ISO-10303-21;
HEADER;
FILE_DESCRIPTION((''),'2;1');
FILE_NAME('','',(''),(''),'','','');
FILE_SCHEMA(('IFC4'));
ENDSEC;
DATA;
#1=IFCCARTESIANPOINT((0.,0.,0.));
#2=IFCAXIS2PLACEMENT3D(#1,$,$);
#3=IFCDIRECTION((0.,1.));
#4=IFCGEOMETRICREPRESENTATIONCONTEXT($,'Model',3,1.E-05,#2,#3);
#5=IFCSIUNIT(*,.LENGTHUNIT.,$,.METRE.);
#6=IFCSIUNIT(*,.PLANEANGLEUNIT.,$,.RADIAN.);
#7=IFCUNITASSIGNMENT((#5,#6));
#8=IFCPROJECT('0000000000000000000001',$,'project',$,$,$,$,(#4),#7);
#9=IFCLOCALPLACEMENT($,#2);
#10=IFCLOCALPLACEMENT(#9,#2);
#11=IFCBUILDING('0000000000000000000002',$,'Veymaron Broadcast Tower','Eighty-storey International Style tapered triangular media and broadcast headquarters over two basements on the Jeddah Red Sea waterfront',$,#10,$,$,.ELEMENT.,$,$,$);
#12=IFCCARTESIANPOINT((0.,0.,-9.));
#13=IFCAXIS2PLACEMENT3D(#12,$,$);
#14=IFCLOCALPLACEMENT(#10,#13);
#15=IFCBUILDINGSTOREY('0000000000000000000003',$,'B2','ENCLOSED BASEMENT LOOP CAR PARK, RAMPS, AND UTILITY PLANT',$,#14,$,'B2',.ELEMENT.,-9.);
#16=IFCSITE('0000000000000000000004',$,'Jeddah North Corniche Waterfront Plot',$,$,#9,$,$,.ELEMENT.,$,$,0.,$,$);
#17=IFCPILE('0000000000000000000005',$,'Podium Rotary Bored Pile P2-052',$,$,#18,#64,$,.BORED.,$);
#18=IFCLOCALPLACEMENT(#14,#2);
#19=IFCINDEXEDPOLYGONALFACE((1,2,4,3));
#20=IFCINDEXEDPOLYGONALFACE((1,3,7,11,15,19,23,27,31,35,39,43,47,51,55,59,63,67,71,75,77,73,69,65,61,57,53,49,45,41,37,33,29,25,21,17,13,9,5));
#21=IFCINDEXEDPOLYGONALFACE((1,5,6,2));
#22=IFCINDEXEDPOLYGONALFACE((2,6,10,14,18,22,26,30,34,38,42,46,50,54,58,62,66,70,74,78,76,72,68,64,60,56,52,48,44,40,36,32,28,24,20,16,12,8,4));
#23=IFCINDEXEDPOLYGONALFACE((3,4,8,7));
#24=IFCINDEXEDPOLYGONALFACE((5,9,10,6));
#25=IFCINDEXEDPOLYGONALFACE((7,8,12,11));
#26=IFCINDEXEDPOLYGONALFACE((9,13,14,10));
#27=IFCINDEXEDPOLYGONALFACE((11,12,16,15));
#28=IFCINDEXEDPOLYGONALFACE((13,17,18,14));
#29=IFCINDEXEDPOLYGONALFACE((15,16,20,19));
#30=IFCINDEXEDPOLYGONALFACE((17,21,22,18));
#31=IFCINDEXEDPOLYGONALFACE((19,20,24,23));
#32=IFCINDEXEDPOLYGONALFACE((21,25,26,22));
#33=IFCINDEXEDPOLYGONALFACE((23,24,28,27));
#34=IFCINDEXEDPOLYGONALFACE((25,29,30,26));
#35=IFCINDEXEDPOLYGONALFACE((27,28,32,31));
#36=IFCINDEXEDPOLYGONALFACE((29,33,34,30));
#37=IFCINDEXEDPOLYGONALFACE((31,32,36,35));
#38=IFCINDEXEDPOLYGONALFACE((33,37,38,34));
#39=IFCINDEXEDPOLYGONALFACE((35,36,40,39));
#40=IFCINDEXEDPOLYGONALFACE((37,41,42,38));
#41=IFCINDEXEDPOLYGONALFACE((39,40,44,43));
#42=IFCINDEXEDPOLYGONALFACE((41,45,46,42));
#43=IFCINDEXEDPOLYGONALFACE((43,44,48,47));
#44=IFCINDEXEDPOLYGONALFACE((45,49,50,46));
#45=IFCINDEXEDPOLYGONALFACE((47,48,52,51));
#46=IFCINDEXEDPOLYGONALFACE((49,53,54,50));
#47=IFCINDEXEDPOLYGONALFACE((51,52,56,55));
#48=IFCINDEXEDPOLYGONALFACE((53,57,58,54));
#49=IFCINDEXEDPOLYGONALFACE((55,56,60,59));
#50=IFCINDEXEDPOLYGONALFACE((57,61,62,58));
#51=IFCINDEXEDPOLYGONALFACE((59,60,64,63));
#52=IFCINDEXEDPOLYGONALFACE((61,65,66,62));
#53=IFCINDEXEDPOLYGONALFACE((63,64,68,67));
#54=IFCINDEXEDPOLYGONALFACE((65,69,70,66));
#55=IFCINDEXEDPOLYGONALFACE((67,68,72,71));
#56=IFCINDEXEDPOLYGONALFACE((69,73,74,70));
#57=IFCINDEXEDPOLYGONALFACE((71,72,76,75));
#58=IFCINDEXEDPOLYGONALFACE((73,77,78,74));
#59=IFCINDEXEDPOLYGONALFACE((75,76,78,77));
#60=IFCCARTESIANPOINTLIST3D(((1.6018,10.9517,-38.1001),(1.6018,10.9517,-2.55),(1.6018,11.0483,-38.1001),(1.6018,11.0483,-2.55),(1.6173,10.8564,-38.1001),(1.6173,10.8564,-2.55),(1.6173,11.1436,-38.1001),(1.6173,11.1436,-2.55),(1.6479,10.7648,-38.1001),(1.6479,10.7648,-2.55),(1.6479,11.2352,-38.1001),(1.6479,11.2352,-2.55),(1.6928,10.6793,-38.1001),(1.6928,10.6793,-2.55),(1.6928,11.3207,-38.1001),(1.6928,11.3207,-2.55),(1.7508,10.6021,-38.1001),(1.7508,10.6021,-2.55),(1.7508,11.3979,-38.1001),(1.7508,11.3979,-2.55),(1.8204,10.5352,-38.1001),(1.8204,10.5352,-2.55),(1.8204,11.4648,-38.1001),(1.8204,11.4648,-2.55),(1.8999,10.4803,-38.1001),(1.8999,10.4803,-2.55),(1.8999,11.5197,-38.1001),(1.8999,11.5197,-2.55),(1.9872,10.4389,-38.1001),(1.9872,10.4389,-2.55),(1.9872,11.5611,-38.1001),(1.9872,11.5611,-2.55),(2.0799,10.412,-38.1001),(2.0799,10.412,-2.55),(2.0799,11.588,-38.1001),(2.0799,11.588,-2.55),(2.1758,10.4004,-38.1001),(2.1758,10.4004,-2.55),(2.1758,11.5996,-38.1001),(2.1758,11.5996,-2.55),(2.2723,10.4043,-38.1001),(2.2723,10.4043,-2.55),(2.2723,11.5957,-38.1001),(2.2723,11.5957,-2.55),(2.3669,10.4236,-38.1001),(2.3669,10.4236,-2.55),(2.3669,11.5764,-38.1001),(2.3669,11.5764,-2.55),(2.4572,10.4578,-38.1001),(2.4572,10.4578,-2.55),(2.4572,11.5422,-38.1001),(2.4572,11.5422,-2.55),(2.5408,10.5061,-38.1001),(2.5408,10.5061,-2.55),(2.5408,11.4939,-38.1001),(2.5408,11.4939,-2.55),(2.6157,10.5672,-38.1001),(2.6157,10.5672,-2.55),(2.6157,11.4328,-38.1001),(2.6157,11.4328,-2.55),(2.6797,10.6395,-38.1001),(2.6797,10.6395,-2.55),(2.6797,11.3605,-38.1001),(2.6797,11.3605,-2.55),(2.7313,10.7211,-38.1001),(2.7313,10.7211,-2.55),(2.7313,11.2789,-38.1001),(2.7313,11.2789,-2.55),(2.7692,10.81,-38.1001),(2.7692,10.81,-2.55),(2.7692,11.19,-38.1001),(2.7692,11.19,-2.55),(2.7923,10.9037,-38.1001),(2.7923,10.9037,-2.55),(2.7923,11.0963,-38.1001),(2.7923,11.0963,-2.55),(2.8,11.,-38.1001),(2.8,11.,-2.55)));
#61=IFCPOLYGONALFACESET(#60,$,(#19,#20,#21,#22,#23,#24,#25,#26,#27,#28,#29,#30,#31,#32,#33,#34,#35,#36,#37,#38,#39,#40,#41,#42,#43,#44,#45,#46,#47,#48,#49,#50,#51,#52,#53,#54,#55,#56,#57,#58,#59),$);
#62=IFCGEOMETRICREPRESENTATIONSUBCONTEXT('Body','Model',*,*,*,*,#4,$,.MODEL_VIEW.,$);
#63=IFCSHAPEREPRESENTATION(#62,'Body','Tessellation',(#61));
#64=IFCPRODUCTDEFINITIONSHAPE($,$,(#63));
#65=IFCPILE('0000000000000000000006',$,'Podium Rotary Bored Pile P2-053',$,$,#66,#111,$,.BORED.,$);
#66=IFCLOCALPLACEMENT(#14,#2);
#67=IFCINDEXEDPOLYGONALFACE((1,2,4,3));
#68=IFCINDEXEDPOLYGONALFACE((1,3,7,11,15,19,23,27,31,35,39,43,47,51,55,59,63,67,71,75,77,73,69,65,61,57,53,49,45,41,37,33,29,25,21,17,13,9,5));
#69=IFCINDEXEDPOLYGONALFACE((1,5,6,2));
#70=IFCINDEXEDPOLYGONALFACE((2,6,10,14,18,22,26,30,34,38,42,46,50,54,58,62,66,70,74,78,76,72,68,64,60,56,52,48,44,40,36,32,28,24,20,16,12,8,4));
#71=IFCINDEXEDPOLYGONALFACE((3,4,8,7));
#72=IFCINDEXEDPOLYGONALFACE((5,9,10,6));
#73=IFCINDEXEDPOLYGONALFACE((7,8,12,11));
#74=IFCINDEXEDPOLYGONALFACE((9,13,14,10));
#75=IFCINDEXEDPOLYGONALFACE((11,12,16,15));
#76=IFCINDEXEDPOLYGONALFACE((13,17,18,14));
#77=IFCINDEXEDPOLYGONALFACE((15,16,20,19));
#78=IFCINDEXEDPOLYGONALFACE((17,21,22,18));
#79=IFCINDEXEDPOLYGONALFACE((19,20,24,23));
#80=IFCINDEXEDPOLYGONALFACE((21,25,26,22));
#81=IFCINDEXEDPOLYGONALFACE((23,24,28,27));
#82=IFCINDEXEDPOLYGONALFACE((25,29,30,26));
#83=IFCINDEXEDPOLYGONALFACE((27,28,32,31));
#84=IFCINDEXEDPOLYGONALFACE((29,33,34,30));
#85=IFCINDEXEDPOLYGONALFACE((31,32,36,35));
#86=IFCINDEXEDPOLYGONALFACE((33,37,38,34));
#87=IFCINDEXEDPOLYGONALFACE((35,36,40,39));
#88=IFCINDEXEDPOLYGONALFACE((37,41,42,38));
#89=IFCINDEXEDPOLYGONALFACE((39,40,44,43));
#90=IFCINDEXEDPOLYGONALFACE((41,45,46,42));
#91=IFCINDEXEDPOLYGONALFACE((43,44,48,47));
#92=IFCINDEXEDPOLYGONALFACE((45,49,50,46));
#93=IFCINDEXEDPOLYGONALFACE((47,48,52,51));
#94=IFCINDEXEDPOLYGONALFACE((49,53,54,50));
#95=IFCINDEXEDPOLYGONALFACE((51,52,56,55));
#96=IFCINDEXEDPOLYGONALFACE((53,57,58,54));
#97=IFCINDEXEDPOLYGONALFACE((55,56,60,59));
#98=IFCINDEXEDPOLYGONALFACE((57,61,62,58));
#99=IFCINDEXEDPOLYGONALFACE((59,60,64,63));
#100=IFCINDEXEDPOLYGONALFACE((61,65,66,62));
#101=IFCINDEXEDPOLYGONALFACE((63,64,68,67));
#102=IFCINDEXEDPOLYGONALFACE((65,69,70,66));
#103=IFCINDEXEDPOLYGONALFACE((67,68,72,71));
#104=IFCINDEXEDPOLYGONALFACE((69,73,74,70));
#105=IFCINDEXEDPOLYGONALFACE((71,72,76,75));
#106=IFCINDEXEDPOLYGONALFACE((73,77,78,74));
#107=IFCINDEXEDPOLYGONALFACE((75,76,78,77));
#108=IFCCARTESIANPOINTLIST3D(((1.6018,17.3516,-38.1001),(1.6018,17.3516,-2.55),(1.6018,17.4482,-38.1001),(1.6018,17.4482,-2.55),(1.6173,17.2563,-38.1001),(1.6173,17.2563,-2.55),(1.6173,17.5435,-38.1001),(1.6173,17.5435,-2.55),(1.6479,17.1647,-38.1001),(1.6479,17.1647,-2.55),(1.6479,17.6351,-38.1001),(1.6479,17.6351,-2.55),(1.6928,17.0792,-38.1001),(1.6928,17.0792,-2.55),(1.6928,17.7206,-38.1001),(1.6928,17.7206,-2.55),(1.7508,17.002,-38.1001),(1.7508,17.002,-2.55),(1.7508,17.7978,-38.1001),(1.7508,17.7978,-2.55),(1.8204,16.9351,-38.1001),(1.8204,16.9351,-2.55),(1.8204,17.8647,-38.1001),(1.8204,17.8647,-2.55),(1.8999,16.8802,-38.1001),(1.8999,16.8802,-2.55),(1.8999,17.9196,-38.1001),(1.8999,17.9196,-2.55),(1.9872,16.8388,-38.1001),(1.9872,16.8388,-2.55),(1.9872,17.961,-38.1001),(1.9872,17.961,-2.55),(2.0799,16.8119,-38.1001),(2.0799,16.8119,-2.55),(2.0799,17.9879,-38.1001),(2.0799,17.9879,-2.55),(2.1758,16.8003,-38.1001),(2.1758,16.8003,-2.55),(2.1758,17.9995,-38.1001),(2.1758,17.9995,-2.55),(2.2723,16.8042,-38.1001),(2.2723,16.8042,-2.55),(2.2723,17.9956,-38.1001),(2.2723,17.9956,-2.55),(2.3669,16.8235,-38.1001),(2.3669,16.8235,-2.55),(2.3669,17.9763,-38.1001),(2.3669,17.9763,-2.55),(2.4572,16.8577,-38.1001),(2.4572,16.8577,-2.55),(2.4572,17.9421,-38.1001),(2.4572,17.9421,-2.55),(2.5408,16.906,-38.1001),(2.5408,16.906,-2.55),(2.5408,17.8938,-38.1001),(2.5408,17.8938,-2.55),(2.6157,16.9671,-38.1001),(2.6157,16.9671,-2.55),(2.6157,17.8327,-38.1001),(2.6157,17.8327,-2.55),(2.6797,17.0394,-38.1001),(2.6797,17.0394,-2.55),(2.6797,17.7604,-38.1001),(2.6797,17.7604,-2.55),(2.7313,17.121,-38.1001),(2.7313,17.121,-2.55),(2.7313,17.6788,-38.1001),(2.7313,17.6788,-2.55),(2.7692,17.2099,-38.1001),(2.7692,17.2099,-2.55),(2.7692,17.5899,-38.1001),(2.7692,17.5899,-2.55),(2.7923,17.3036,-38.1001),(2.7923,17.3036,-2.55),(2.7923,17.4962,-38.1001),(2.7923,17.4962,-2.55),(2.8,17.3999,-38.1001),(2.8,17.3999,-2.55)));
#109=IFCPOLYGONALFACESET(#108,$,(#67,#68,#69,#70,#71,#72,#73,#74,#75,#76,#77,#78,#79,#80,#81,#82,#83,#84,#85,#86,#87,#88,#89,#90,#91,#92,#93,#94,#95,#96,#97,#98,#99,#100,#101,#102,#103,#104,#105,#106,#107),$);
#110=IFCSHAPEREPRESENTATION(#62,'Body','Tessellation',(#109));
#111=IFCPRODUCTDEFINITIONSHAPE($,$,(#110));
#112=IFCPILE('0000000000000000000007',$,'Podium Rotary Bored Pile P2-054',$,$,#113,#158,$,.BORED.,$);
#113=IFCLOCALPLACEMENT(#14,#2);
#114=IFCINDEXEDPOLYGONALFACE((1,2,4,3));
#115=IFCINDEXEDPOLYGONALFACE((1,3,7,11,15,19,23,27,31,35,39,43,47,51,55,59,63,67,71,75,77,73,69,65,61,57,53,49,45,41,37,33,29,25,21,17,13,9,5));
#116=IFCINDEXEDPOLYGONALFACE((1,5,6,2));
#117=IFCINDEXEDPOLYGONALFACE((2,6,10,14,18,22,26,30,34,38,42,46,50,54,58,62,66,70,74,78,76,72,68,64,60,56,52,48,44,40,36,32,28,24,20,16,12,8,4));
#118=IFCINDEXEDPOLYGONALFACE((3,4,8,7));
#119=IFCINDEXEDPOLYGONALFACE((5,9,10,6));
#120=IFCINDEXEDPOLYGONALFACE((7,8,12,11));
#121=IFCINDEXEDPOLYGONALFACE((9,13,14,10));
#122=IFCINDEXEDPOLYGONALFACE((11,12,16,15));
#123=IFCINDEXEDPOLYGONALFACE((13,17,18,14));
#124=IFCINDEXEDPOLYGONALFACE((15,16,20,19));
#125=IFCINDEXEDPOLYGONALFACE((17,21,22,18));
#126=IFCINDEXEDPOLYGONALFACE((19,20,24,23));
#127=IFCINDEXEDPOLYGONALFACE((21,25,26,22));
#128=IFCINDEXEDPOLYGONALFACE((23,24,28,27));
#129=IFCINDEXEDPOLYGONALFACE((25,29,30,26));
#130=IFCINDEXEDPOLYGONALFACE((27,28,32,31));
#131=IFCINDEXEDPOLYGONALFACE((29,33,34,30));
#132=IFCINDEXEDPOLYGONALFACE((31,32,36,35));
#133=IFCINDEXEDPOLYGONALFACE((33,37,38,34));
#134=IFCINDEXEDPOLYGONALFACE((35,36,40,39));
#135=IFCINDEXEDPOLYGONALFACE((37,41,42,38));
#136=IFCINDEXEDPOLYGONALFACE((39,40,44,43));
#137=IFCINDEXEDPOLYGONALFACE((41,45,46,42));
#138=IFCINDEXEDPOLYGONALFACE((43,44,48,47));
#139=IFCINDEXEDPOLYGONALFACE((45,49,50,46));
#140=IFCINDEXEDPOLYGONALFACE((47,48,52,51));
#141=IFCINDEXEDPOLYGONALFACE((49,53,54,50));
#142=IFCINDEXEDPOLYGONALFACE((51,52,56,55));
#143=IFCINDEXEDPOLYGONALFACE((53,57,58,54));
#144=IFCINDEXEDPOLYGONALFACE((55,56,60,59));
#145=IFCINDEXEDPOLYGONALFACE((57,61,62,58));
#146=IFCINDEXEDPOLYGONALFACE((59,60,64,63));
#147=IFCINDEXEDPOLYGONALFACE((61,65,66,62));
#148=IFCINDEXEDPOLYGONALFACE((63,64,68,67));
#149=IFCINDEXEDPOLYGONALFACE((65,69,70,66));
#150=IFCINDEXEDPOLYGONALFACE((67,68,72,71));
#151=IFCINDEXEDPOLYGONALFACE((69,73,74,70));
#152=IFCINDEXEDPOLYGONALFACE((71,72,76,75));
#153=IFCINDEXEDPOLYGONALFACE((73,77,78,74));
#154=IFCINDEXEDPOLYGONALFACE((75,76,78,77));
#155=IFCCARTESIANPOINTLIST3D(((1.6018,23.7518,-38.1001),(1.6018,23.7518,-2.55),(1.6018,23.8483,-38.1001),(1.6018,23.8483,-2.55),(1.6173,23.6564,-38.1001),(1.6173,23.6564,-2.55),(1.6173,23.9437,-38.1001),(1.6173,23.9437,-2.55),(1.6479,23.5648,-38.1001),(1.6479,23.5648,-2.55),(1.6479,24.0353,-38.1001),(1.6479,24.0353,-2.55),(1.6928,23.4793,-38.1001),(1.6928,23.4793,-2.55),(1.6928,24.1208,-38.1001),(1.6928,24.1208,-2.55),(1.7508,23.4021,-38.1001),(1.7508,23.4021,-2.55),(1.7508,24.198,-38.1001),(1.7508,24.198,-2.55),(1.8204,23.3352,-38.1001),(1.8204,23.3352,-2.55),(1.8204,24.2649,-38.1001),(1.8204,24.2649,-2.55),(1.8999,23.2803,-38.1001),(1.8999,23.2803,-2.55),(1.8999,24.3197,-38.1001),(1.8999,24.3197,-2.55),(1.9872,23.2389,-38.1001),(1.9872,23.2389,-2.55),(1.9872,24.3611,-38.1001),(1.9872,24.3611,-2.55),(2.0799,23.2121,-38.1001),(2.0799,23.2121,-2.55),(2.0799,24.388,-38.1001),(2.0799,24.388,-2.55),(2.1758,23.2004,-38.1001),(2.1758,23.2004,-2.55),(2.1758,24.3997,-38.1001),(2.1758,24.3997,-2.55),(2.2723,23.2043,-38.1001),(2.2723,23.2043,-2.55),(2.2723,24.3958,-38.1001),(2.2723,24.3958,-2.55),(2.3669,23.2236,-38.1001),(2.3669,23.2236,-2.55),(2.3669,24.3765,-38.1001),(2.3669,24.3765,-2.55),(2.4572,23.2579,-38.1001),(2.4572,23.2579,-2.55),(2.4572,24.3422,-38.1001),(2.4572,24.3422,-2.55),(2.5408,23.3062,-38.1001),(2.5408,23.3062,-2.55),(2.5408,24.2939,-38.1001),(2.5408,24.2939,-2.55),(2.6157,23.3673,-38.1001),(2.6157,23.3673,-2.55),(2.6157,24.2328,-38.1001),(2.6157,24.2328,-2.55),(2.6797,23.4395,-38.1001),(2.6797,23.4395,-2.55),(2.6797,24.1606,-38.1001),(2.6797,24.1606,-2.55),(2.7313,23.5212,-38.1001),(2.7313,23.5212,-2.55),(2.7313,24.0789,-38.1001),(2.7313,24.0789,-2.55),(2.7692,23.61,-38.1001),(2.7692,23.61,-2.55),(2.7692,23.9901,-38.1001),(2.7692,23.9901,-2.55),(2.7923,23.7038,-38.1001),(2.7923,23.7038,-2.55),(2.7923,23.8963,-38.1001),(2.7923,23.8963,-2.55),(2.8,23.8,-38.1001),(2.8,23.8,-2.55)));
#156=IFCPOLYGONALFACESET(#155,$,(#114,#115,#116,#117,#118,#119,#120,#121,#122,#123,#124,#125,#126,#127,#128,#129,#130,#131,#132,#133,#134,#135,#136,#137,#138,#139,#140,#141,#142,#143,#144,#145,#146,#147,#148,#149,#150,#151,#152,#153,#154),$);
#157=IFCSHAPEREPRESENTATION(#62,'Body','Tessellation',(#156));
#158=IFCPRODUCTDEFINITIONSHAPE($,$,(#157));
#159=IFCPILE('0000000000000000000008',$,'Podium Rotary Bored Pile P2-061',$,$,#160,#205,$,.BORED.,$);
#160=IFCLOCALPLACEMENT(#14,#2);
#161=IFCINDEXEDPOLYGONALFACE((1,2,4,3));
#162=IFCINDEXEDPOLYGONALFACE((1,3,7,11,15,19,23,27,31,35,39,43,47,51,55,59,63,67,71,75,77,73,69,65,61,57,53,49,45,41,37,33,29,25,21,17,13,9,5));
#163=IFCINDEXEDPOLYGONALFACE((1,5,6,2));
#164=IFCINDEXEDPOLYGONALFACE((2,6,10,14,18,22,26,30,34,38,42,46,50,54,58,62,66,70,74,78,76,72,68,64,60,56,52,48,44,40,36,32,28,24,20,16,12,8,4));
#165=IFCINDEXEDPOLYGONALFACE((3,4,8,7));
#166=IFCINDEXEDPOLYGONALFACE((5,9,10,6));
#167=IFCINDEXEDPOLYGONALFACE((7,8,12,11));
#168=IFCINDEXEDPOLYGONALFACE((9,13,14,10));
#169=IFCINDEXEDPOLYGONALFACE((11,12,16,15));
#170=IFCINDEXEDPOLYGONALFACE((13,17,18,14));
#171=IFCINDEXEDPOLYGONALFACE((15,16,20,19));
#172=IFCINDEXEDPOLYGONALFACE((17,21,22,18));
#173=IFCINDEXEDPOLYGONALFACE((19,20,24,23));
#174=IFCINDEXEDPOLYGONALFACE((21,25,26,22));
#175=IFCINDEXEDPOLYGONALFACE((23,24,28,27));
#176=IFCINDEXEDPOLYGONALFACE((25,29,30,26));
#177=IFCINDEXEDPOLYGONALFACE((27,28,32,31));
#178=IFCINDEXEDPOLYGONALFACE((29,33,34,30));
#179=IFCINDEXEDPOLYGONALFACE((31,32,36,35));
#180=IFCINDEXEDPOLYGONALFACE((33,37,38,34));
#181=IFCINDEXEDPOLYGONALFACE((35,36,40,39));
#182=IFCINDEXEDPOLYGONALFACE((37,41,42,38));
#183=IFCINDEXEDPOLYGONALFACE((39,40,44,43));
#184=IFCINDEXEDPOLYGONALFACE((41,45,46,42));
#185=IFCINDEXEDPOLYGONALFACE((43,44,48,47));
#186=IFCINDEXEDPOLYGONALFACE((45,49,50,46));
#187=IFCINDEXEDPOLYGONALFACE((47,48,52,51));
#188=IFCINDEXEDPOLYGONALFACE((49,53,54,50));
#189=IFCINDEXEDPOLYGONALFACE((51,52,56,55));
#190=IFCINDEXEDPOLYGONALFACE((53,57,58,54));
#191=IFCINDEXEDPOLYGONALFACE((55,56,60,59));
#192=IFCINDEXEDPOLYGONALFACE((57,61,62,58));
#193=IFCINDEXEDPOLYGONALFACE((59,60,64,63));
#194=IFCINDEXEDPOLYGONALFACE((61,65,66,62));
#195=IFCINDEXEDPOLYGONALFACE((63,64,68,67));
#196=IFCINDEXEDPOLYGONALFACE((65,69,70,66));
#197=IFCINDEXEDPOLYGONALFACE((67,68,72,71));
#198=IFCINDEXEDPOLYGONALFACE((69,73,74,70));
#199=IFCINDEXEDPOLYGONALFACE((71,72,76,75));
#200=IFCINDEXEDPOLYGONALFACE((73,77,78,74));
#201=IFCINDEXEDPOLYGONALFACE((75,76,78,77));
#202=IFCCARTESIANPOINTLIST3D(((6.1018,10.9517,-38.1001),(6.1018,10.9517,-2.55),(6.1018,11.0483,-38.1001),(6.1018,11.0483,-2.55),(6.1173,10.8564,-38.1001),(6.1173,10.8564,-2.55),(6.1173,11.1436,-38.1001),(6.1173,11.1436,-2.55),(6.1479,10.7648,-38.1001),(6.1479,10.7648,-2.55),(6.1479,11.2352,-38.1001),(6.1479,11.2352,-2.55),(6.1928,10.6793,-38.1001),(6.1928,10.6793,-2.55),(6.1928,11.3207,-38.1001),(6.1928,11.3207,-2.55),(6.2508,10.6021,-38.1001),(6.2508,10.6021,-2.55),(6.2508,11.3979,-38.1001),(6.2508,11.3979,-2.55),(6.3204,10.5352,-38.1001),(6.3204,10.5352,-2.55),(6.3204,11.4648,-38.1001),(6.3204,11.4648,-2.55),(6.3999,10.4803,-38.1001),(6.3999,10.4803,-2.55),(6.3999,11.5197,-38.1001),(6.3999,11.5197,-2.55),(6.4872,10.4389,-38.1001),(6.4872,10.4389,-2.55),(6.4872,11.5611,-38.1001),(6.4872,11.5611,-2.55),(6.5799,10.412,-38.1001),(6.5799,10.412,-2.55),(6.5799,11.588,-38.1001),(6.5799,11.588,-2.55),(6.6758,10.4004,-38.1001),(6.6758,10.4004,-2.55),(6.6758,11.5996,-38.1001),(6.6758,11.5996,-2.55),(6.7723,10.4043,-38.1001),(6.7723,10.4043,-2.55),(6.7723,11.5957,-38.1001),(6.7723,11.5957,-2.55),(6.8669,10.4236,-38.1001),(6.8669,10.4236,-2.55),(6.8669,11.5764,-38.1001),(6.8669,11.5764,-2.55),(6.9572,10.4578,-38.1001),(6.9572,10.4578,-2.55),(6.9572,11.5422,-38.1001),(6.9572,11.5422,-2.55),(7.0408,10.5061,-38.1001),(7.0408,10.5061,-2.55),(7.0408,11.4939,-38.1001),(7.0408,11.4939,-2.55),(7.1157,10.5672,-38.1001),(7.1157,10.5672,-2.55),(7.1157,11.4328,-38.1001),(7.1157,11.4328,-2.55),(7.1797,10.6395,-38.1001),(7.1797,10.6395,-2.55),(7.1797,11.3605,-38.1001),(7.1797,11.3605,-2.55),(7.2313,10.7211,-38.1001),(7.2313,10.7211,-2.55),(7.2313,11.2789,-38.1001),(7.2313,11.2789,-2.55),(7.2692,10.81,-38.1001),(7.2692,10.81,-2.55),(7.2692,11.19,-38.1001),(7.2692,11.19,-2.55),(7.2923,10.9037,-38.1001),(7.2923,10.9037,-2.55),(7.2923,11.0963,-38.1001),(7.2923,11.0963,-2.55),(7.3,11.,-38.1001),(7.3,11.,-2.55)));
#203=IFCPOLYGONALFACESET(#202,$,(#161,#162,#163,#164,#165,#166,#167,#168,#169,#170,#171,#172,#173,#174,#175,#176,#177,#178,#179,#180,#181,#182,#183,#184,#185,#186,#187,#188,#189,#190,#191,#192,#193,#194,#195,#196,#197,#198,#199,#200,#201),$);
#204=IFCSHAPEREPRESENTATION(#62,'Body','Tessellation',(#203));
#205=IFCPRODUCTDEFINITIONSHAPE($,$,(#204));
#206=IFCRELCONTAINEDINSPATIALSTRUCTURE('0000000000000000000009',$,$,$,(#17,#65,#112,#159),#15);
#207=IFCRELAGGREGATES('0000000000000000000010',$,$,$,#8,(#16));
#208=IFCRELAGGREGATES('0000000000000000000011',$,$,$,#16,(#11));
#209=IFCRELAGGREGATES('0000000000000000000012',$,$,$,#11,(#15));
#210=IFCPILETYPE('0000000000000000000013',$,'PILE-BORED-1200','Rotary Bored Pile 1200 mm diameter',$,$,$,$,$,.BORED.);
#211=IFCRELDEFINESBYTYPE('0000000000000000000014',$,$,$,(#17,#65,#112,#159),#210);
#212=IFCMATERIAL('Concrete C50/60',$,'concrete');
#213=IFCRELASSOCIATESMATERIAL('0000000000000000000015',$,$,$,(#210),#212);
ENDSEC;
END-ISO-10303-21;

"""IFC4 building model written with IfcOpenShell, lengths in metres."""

from ifc_helpers import new_model, si_unit, direction, frame, origin, origin_2d, place, context, subcontext, project, spatial, circle, extrude, material, material_profile, profile_set, type_object, element, save


model = new_model("IFC4")

# Units and contexts
model_context = context("Model", 3, precision=1e-05, world=origin(), true_north=direction((0.0, 1.0)))
body_context = subcontext(model_context, "Body", "Model", "MODEL_VIEW")
ifc_project = project(units=[si_unit("LENGTHUNIT", "METRE"), si_unit("PLANEANGLEUNIT", "RADIAN")], contexts=[model_context])

# Site, building, storey
site_placement = place(None, origin())
site = spatial("IfcSite", under=ifc_project, at=site_placement, Name="Jeddah North Corniche Waterfront Plot", CompositionType="ELEMENT", RefElevation=0.0)
building_placement = place(site_placement, origin())
building = spatial("IfcBuilding", under=site, at=building_placement, Name="Veymaron Broadcast Tower", Description="Eighty-storey International Style tapered triangular media and broadcast headquarters over two basements on the Jeddah Red Sea waterfront", CompositionType="ELEMENT")
storey_placement = place(building_placement, frame((0.0, 0.0, -9.0)))
storey = spatial("IfcBuildingStorey", under=building, at=storey_placement, Name="B2", Description="ENCLOSED BASEMENT LOOP CAR PARK, RAMPS, AND UTILITY PLANT", LongName="B2", CompositionType="ELEMENT", Elevation=-9.0)

# Piles
ifc_material_1 = material(Name="Concrete C50/60", Category="concrete")
ifc_material_profile_1 = material_profile(ifc_material_1, circle(Radius=0.6001, at=origin_2d()), Name="PILE1200")
ifc_profile_set_1 = profile_set([ifc_material_profile_1], Name="Concrete C50/60")
pile_type = type_object("IfcPileType", Name="PILE-BORED-1200", Description="Rotary Bored Pile 1200 mm diameter", PredefinedType="BORED", material=ifc_profile_set_1)
for number, where, z_axis, x_axis, name in (
    (1, (2.2, 11.0, -2.55), (0.0, 0.0, -1.0), (1.0, 0.0, 0.0), "Podium Rotary Bored Pile P2-052"),
    (2, (2.2, 17.3999, -2.55), (0.0, 0.0, -1.0), (1.0, 0.0, 0.0), "Podium Rotary Bored Pile P2-053"),
    (3, (2.2, 23.8, -2.55), (0.0, 0.0, -1.0), (1.0, 0.0, 0.0), "Podium Rotary Bored Pile P2-054"),
    (4, (6.7, 11.0, -2.55), (0.0, 0.0, -1.0), (1.0, 0.0, 0.0), "Podium Rotary Bored Pile P2-061"),
):
    element("IfcPile", number, at=place(storey_placement, frame(where, z_axis=z_axis, x_axis=x_axis)), inside=storey, type_object=pile_type, Name=name, PredefinedType="BORED", context=body_context, shape_type="SweptSolid", body=[
        extrude(circle(Radius=0.6001, at=origin_2d()), origin(), (0.0, 0.0, 1.0), 35.55),
    ])

save(model, "model.ifc")
